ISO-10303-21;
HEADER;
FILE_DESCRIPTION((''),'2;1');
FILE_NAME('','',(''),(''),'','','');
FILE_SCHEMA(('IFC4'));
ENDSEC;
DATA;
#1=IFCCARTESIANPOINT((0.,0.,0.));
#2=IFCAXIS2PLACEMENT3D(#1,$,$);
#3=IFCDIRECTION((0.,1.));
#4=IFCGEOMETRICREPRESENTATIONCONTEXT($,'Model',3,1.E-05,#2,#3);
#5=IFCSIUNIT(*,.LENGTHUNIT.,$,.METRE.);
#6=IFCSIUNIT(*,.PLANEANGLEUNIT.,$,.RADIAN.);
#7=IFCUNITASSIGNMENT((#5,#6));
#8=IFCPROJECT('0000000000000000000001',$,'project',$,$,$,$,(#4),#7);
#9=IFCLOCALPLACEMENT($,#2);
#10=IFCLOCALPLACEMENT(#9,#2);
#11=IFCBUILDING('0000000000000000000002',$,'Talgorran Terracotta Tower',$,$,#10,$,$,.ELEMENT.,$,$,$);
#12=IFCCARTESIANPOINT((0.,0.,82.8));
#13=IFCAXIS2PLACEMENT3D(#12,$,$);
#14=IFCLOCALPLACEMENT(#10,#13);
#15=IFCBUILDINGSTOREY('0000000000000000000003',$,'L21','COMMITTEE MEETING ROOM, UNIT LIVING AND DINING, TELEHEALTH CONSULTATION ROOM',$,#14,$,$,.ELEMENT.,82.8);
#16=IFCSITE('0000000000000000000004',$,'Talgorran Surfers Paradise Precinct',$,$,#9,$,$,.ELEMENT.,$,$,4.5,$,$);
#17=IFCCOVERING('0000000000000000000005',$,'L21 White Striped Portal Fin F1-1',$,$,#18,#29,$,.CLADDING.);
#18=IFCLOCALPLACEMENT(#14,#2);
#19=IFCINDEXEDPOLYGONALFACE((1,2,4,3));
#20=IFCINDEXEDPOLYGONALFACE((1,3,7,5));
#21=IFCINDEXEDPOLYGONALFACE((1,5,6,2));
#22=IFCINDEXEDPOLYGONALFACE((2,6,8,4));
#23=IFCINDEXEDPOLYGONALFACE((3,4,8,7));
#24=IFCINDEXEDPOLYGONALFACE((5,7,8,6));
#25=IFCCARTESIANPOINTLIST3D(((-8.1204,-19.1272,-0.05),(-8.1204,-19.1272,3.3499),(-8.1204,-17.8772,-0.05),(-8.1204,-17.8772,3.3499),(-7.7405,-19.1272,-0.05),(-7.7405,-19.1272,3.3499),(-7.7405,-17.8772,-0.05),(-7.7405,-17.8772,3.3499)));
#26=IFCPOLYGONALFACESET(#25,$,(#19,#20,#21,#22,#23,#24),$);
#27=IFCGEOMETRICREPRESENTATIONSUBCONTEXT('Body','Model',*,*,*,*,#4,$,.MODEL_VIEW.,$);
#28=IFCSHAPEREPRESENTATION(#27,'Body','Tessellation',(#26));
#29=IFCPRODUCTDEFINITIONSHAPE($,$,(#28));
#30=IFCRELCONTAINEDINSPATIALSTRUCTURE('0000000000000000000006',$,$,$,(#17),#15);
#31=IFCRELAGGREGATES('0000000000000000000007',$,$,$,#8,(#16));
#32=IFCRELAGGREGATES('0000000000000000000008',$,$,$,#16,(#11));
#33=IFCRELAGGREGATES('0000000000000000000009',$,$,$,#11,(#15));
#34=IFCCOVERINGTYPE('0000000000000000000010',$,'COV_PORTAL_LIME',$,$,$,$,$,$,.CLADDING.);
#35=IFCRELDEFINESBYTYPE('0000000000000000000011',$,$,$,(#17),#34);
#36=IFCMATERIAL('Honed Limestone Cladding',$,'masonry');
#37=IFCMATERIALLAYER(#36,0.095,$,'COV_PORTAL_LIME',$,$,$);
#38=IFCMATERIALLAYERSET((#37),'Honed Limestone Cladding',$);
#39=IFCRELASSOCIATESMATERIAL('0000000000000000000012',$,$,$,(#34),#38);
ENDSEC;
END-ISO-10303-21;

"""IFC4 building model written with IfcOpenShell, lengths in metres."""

from ifc_helpers import new_model, si_unit, direction, frame, origin, origin_2d, place, context, subcontext, project, spatial, rectangle, extrude, material, layer, layer_set, type_object, element, save


model = new_model("IFC4")

# Units and contexts
model_context = context("Model", 3, precision=1e-05, world=origin(), true_north=direction((0.0, 1.0)))
body_context = subcontext(model_context, "Body", "Model", "MODEL_VIEW")
ifc_project = project(units=[si_unit("LENGTHUNIT", "METRE"), si_unit("PLANEANGLEUNIT", "RADIAN")], contexts=[model_context])

# Site, building, storey
site_placement = place(None, origin())
site = spatial("IfcSite", under=ifc_project, at=site_placement, Name="Talgorran Surfers Paradise Precinct", CompositionType="ELEMENT", RefElevation=4.5)
building_placement = place(site_placement, origin())
building = spatial("IfcBuilding", under=site, at=building_placement, Name="Talgorran Terracotta Tower", CompositionType="ELEMENT")
storey_placement = place(building_placement, frame((0.0, 0.0, 82.8)))
storey = spatial("IfcBuildingStorey", under=building, at=storey_placement, Name="L21", Description="COMMITTEE MEETING ROOM, UNIT LIVING AND DINING, TELEHEALTH CONSULTATION ROOM", CompositionType="ELEMENT", Elevation=82.8)

# Covering
ifc_material_1 = material(Name="Honed Limestone Cladding", Category="masonry")
ifc_layer_1 = layer(ifc_material_1, 0.095, Name="COV_PORTAL_LIME")
ifc_layer_set_1 = layer_set([ifc_layer_1], Name="Honed Limestone Cladding")
covering_type = type_object("IfcCoveringType", Name="COV_PORTAL_LIME", PredefinedType="CLADDING", material=ifc_layer_set_1)
covering_placement = place(storey_placement, frame((-7.9304, -18.5022, -0.05), z_axis=(0.0, 0.0, 1.0), x_axis=(1.0, 0.0, 0.0)))
element("IfcCovering", 1, at=covering_placement, inside=storey, type_object=covering_type, Name="L21 White Striped Portal Fin F1-1", PredefinedType="CLADDING", context=body_context, shape_type="SweptSolid", body=[
    extrude(rectangle(XDim=0.3799, YDim=1.25, at=origin_2d()), origin(), (0.0, 0.0, 1.0), 3.3999),
])

save(model, "model.ifc")
